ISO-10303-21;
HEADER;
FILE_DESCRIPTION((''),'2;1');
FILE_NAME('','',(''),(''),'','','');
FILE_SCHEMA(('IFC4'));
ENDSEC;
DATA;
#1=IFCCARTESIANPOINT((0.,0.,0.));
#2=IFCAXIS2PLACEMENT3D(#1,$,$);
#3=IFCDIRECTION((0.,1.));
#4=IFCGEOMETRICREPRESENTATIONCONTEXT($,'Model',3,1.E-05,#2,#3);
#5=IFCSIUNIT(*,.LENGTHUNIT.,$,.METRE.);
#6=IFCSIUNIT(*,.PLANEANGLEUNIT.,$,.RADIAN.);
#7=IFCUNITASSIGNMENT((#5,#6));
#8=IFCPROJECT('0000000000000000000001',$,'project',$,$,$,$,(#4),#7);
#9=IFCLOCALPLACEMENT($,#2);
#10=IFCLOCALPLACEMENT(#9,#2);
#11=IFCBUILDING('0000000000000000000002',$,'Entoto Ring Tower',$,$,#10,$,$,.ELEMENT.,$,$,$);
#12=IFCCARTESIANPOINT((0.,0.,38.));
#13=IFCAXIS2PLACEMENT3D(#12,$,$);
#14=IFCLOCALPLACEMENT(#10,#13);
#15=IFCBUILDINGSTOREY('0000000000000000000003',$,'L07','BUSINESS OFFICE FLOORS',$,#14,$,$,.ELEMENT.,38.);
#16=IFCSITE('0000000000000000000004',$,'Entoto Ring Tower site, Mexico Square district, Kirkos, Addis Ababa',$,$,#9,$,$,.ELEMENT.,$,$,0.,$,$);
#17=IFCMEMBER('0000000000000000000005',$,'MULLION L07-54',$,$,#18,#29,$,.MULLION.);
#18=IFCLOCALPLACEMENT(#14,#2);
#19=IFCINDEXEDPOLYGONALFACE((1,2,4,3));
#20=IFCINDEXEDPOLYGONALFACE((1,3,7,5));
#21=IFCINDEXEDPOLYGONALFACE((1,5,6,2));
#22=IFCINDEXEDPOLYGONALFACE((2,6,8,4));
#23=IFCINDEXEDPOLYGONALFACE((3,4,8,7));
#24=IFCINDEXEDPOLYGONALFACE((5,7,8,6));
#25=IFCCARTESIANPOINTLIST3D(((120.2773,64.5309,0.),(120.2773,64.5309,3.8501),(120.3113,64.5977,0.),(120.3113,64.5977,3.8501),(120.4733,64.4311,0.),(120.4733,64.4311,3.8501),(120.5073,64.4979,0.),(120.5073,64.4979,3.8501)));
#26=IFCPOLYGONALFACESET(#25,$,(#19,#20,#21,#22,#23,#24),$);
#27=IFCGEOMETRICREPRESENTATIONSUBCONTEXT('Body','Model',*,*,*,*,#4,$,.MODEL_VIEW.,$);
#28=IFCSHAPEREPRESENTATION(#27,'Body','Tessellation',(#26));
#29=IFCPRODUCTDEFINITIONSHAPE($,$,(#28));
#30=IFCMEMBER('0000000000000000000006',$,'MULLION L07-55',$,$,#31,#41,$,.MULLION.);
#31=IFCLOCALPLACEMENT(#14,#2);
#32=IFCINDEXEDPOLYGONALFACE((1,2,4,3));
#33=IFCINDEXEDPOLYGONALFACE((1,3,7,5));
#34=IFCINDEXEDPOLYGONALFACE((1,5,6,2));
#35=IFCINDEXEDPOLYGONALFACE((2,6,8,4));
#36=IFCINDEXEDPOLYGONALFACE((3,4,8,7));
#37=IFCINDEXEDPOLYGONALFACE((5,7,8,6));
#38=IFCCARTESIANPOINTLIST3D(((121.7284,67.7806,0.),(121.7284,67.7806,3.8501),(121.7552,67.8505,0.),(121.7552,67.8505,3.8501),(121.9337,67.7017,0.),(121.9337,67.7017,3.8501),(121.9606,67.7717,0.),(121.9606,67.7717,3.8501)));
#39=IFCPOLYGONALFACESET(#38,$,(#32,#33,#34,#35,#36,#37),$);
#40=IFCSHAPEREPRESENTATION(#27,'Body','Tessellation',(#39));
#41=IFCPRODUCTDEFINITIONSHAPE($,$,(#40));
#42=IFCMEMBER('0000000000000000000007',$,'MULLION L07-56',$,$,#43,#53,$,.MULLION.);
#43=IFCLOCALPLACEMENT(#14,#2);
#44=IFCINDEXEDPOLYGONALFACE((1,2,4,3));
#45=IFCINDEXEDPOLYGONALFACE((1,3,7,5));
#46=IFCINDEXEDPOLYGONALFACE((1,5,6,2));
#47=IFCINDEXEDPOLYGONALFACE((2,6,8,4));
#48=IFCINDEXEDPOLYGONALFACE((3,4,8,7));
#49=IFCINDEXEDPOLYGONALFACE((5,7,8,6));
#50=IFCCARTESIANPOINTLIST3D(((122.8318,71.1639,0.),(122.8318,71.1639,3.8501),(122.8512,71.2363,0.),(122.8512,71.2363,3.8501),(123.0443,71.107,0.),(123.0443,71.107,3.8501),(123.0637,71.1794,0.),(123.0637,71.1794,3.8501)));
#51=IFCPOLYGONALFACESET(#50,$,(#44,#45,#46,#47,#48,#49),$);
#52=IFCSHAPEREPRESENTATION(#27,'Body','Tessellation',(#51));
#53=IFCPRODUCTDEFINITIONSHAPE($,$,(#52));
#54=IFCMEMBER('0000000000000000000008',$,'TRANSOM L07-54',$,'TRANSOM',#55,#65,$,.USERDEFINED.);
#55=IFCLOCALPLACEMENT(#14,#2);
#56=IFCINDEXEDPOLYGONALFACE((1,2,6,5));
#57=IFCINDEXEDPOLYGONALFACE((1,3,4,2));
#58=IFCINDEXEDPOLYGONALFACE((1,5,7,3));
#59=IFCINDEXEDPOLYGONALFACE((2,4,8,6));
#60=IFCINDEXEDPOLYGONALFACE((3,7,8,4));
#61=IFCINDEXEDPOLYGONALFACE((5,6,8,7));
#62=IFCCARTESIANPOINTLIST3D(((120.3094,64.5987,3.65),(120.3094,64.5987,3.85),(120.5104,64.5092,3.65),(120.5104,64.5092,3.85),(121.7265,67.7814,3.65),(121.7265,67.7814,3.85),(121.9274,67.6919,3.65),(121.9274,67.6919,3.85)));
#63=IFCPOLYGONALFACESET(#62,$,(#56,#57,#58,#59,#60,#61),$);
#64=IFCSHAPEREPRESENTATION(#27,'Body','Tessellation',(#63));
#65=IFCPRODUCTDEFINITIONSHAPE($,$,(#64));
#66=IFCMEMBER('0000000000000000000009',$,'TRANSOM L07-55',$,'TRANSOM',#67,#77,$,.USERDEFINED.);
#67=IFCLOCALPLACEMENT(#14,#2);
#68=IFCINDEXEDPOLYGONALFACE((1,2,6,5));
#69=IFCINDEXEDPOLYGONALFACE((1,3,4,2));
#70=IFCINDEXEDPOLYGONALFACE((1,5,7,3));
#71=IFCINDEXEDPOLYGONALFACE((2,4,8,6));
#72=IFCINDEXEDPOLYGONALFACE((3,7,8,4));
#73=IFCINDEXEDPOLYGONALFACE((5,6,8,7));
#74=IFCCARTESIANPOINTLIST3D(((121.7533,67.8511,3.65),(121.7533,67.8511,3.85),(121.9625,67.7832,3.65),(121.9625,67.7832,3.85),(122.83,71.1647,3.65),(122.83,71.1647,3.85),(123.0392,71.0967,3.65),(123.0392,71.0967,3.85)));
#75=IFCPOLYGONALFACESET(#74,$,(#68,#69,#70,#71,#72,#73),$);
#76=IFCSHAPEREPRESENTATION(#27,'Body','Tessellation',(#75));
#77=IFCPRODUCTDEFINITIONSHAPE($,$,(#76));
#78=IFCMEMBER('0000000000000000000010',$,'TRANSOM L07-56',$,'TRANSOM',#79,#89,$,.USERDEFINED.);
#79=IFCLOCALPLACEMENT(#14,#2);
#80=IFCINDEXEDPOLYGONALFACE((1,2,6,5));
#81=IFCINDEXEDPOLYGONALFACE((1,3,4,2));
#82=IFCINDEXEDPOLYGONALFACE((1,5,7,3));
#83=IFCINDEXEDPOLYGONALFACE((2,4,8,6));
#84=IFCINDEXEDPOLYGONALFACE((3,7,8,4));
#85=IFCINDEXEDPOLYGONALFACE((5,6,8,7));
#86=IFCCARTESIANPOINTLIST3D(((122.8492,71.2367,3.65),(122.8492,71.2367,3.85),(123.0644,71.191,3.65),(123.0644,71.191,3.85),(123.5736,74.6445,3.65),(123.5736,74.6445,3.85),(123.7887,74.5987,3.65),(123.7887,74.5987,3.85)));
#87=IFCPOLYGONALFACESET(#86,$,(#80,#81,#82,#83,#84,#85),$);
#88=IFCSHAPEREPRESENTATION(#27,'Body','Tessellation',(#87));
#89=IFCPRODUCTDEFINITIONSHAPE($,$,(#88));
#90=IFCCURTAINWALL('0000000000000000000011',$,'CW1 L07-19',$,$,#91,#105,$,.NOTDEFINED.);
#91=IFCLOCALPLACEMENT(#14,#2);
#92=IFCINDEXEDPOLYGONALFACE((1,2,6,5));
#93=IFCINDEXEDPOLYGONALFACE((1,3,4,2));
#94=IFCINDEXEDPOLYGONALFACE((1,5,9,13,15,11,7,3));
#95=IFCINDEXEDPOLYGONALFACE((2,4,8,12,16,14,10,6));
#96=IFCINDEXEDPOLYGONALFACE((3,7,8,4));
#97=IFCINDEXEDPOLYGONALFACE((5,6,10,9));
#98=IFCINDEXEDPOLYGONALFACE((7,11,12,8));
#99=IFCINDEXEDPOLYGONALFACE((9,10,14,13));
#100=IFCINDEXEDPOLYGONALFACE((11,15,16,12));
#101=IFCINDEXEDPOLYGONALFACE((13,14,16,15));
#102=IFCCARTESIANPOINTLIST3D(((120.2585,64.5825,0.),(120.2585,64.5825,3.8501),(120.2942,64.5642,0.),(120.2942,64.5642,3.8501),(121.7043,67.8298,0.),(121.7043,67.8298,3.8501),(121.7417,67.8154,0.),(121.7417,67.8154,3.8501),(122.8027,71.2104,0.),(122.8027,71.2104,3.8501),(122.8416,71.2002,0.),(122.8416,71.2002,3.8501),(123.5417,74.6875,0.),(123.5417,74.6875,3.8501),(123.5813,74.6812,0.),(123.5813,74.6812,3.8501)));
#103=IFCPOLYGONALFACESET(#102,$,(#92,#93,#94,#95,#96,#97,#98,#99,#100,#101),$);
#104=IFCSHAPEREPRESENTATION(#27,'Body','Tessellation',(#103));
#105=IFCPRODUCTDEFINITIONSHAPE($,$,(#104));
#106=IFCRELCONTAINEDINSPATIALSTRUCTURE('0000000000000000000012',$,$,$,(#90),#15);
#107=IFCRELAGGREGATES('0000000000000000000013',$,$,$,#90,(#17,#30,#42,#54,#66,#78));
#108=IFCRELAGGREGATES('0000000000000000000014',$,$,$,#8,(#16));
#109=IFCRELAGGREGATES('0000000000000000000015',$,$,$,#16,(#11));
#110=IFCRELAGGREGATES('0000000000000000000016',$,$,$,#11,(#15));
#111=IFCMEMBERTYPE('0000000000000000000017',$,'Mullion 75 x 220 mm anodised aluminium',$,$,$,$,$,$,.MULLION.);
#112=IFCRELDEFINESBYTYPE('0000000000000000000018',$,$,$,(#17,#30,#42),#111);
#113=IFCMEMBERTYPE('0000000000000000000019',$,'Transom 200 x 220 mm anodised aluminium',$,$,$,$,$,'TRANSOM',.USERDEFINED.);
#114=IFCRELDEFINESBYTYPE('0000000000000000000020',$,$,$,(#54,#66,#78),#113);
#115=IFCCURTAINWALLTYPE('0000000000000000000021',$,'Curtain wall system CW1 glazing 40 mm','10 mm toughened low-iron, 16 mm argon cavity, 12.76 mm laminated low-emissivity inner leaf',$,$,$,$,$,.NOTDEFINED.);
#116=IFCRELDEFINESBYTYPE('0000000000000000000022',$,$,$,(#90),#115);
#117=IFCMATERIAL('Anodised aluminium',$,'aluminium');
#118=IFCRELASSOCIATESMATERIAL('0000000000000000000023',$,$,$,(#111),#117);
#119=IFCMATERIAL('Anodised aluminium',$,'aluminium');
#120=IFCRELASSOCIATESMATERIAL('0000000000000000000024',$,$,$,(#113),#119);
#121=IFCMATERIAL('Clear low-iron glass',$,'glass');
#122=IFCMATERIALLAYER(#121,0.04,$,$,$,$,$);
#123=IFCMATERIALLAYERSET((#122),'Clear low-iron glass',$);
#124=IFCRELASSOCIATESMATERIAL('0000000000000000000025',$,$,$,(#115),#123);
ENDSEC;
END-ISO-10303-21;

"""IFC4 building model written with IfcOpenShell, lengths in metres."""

from ifc_helpers import new_model, si_unit, direction, frame, origin, origin_2d, place, context, subcontext, project, spatial, polyline, rectangle, outline, extrude, material, layer, layer_set, material_profile, profile_set, type_object, element, aggregate, save


model = new_model("IFC4")

# Units and contexts
model_context = context("Model", 3, precision=1e-05, world=origin(), true_north=direction((0.0, 1.0)))
body_context = subcontext(model_context, "Body", "Model", "MODEL_VIEW")
ifc_project = project(units=[si_unit("LENGTHUNIT", "METRE"), si_unit("PLANEANGLEUNIT", "RADIAN")], contexts=[model_context])

# Members
ifc_material_1 = material(Name="Anodised aluminium", Category="aluminium")
ifc_material_profile_1 = material_profile(ifc_material_1, rectangle(XDim=0.075, YDim=0.22, at=origin_2d()), Name="Mullion 75 x 220 mm anodised aluminium")
ifc_profile_set_1 = profile_set([ifc_material_profile_1], Name="Anodised aluminium")
member_type_1 = type_object("IfcMemberType", Name="Mullion 75 x 220 mm anodised aluminium", PredefinedType="MULLION", material=ifc_profile_set_1)
site_placement = place(None, origin())
building_placement = place(site_placement, origin())
storey_placement = place(building_placement, frame((0.0, 0.0, 38.0)))
member_1_placement = place(storey_placement, frame((120.3923, 64.5144, 0.0), z_axis=(0.0, 0.0, 1.0), x_axis=(0.45399, 0.891007, 0.0)))
member_1 = element("IfcMember", 1, at=member_1_placement, type_object=member_type_1, Name="MULLION L07-54", PredefinedType="MULLION", context=body_context, shape_type="SweptSolid", body=[
    extrude(rectangle(XDim=0.075, YDim=0.22, at=origin_2d()), origin(), (0.0, 0.0, 1.0), 3.8501),
])
member_2_placement = place(storey_placement, frame((121.8445, 67.7761, 0.0), z_axis=(0.0, 0.0, 1.0), x_axis=(0.358368, 0.93358, 0.0)))
member_2 = element("IfcMember", 2, at=member_2_placement, type_object=member_type_1, Name="MULLION L07-55", PredefinedType="MULLION", context=body_context, shape_type="SweptSolid", body=[
    extrude(rectangle(XDim=0.075, YDim=0.22, at=origin_2d()), origin(), (0.0, 0.0, 1.0), 3.8501),
])
member_3_placement = place(storey_placement, frame((122.9478, 71.1716, 0.0), z_axis=(0.0, 0.0, 1.0), x_axis=(0.258819, 0.965926, 0.0)))
member_3 = element("IfcMember", 3, at=member_3_placement, type_object=member_type_1, Name="MULLION L07-56", PredefinedType="MULLION", context=body_context, shape_type="SweptSolid", body=[
    extrude(rectangle(XDim=0.075, YDim=0.22, at=origin_2d()), origin(), (0.0, 0.0, 1.0), 3.8501),
])
ifc_material_2 = material(Name="Anodised aluminium", Category="aluminium")
ifc_material_profile_2 = material_profile(ifc_material_2, rectangle(XDim=0.22, YDim=0.2, at=origin_2d()), Name="Transom 200 x 220 mm anodised aluminium")
ifc_profile_set_2 = profile_set([ifc_material_profile_2], Name="Anodised aluminium")
member_type_2 = type_object("IfcMemberType", Name="Transom 200 x 220 mm anodised aluminium", ElementType="TRANSOM", PredefinedType="USERDEFINED", material=ifc_profile_set_2)
member_4_placement = place(storey_placement, frame((120.4099, 64.554, 3.75), z_axis=(0.406737, 0.913545, 0.0), x_axis=(-0.913545, 0.406737, 0.0)))
member_4 = element("IfcMember", 4, at=member_4_placement, type_object=member_type_2, Name="TRANSOM L07-54", ObjectType="TRANSOM", PredefinedType="USERDEFINED", context=body_context, shape_type="SweptSolid", body=[
    extrude(rectangle(XDim=0.22, YDim=0.2, at=origin_2d()), origin(), (0.0, 0.0, 1.0), 3.4839),
])
member_5_placement = place(storey_placement, frame((121.8579, 67.8171, 3.75), z_axis=(0.309029, 0.951053, 0.0), x_axis=(-0.951053, 0.309029, 0.0)))
member_5 = element("IfcMember", 5, at=member_5_placement, type_object=member_type_2, Name="TRANSOM L07-55", ObjectType="TRANSOM", PredefinedType="USERDEFINED", context=body_context, shape_type="SweptSolid", body=[
    extrude(rectangle(XDim=0.22, YDim=0.2, at=origin_2d()), origin(), (0.0, 0.0, 1.0), 3.4841),
])
member_6_placement = place(storey_placement, frame((122.9568, 71.2139, 3.75), z_axis=(0.207921, 0.978146, 0.0), x_axis=(-0.978146, 0.207921, 0.0)))
member_6 = element("IfcMember", 6, at=member_6_placement, type_object=member_type_2, Name="TRANSOM L07-56", ObjectType="TRANSOM", PredefinedType="USERDEFINED", context=body_context, shape_type="SweptSolid", body=[
    extrude(rectangle(XDim=0.22, YDim=0.2, at=origin_2d()), origin(), (0.0, 0.0, 1.0), 3.4839),
])

# Site, building, storey
site = spatial("IfcSite", under=ifc_project, at=site_placement, Name="Entoto Ring Tower site, Mexico Square district, Kirkos, Addis Ababa", CompositionType="ELEMENT", RefElevation=0.0)
building = spatial("IfcBuilding", under=site, at=building_placement, Name="Entoto Ring Tower", CompositionType="ELEMENT")
storey = spatial("IfcBuildingStorey", under=building, at=storey_placement, Name="L07", Description="BUSINESS OFFICE FLOORS", CompositionType="ELEMENT", Elevation=38.0)

# Curtain wall
ifc_material_3 = material(Name="Clear low-iron glass", Category="glass")
ifc_layer_1 = layer(ifc_material_3, 0.04)
ifc_layer_set_1 = layer_set([ifc_layer_1], Name="Clear low-iron glass")
curtain_wall_type = type_object("IfcCurtainWallType", Name="Curtain wall system CW1 glazing 40 mm", Description="10 mm toughened low-iron, 16 mm argon cavity, 12.76 mm laminated low-emissivity inner leaf", PredefinedType="NOTDEFINED", material=ifc_layer_set_1)
curtain_wall_1_placement = place(storey_placement, origin())
curtain_wall_1 = element("IfcCurtainWall", 7, at=curtain_wall_1_placement, inside=storey, type_object=curtain_wall_type, Name="CW1 L07-19", PredefinedType="NOTDEFINED", context=body_context, shape_type="SweptSolid", body=[
    extrude(outline(polyline([(120.2942, 64.5642), (121.7417, 67.8154), (122.8416, 71.2002), (123.5813, 74.6812), (123.5417, 74.6875), (122.8027, 71.2104), (121.7043, 67.8298), (120.2585, 64.5825), (120.2942, 64.5642)])), origin(), (0.0, 0.0, 1.0), 3.8501),
])
aggregate(curtain_wall_1, [member_1, member_2, member_3, member_4, member_5, member_6])

save(model, "model.ifc")
